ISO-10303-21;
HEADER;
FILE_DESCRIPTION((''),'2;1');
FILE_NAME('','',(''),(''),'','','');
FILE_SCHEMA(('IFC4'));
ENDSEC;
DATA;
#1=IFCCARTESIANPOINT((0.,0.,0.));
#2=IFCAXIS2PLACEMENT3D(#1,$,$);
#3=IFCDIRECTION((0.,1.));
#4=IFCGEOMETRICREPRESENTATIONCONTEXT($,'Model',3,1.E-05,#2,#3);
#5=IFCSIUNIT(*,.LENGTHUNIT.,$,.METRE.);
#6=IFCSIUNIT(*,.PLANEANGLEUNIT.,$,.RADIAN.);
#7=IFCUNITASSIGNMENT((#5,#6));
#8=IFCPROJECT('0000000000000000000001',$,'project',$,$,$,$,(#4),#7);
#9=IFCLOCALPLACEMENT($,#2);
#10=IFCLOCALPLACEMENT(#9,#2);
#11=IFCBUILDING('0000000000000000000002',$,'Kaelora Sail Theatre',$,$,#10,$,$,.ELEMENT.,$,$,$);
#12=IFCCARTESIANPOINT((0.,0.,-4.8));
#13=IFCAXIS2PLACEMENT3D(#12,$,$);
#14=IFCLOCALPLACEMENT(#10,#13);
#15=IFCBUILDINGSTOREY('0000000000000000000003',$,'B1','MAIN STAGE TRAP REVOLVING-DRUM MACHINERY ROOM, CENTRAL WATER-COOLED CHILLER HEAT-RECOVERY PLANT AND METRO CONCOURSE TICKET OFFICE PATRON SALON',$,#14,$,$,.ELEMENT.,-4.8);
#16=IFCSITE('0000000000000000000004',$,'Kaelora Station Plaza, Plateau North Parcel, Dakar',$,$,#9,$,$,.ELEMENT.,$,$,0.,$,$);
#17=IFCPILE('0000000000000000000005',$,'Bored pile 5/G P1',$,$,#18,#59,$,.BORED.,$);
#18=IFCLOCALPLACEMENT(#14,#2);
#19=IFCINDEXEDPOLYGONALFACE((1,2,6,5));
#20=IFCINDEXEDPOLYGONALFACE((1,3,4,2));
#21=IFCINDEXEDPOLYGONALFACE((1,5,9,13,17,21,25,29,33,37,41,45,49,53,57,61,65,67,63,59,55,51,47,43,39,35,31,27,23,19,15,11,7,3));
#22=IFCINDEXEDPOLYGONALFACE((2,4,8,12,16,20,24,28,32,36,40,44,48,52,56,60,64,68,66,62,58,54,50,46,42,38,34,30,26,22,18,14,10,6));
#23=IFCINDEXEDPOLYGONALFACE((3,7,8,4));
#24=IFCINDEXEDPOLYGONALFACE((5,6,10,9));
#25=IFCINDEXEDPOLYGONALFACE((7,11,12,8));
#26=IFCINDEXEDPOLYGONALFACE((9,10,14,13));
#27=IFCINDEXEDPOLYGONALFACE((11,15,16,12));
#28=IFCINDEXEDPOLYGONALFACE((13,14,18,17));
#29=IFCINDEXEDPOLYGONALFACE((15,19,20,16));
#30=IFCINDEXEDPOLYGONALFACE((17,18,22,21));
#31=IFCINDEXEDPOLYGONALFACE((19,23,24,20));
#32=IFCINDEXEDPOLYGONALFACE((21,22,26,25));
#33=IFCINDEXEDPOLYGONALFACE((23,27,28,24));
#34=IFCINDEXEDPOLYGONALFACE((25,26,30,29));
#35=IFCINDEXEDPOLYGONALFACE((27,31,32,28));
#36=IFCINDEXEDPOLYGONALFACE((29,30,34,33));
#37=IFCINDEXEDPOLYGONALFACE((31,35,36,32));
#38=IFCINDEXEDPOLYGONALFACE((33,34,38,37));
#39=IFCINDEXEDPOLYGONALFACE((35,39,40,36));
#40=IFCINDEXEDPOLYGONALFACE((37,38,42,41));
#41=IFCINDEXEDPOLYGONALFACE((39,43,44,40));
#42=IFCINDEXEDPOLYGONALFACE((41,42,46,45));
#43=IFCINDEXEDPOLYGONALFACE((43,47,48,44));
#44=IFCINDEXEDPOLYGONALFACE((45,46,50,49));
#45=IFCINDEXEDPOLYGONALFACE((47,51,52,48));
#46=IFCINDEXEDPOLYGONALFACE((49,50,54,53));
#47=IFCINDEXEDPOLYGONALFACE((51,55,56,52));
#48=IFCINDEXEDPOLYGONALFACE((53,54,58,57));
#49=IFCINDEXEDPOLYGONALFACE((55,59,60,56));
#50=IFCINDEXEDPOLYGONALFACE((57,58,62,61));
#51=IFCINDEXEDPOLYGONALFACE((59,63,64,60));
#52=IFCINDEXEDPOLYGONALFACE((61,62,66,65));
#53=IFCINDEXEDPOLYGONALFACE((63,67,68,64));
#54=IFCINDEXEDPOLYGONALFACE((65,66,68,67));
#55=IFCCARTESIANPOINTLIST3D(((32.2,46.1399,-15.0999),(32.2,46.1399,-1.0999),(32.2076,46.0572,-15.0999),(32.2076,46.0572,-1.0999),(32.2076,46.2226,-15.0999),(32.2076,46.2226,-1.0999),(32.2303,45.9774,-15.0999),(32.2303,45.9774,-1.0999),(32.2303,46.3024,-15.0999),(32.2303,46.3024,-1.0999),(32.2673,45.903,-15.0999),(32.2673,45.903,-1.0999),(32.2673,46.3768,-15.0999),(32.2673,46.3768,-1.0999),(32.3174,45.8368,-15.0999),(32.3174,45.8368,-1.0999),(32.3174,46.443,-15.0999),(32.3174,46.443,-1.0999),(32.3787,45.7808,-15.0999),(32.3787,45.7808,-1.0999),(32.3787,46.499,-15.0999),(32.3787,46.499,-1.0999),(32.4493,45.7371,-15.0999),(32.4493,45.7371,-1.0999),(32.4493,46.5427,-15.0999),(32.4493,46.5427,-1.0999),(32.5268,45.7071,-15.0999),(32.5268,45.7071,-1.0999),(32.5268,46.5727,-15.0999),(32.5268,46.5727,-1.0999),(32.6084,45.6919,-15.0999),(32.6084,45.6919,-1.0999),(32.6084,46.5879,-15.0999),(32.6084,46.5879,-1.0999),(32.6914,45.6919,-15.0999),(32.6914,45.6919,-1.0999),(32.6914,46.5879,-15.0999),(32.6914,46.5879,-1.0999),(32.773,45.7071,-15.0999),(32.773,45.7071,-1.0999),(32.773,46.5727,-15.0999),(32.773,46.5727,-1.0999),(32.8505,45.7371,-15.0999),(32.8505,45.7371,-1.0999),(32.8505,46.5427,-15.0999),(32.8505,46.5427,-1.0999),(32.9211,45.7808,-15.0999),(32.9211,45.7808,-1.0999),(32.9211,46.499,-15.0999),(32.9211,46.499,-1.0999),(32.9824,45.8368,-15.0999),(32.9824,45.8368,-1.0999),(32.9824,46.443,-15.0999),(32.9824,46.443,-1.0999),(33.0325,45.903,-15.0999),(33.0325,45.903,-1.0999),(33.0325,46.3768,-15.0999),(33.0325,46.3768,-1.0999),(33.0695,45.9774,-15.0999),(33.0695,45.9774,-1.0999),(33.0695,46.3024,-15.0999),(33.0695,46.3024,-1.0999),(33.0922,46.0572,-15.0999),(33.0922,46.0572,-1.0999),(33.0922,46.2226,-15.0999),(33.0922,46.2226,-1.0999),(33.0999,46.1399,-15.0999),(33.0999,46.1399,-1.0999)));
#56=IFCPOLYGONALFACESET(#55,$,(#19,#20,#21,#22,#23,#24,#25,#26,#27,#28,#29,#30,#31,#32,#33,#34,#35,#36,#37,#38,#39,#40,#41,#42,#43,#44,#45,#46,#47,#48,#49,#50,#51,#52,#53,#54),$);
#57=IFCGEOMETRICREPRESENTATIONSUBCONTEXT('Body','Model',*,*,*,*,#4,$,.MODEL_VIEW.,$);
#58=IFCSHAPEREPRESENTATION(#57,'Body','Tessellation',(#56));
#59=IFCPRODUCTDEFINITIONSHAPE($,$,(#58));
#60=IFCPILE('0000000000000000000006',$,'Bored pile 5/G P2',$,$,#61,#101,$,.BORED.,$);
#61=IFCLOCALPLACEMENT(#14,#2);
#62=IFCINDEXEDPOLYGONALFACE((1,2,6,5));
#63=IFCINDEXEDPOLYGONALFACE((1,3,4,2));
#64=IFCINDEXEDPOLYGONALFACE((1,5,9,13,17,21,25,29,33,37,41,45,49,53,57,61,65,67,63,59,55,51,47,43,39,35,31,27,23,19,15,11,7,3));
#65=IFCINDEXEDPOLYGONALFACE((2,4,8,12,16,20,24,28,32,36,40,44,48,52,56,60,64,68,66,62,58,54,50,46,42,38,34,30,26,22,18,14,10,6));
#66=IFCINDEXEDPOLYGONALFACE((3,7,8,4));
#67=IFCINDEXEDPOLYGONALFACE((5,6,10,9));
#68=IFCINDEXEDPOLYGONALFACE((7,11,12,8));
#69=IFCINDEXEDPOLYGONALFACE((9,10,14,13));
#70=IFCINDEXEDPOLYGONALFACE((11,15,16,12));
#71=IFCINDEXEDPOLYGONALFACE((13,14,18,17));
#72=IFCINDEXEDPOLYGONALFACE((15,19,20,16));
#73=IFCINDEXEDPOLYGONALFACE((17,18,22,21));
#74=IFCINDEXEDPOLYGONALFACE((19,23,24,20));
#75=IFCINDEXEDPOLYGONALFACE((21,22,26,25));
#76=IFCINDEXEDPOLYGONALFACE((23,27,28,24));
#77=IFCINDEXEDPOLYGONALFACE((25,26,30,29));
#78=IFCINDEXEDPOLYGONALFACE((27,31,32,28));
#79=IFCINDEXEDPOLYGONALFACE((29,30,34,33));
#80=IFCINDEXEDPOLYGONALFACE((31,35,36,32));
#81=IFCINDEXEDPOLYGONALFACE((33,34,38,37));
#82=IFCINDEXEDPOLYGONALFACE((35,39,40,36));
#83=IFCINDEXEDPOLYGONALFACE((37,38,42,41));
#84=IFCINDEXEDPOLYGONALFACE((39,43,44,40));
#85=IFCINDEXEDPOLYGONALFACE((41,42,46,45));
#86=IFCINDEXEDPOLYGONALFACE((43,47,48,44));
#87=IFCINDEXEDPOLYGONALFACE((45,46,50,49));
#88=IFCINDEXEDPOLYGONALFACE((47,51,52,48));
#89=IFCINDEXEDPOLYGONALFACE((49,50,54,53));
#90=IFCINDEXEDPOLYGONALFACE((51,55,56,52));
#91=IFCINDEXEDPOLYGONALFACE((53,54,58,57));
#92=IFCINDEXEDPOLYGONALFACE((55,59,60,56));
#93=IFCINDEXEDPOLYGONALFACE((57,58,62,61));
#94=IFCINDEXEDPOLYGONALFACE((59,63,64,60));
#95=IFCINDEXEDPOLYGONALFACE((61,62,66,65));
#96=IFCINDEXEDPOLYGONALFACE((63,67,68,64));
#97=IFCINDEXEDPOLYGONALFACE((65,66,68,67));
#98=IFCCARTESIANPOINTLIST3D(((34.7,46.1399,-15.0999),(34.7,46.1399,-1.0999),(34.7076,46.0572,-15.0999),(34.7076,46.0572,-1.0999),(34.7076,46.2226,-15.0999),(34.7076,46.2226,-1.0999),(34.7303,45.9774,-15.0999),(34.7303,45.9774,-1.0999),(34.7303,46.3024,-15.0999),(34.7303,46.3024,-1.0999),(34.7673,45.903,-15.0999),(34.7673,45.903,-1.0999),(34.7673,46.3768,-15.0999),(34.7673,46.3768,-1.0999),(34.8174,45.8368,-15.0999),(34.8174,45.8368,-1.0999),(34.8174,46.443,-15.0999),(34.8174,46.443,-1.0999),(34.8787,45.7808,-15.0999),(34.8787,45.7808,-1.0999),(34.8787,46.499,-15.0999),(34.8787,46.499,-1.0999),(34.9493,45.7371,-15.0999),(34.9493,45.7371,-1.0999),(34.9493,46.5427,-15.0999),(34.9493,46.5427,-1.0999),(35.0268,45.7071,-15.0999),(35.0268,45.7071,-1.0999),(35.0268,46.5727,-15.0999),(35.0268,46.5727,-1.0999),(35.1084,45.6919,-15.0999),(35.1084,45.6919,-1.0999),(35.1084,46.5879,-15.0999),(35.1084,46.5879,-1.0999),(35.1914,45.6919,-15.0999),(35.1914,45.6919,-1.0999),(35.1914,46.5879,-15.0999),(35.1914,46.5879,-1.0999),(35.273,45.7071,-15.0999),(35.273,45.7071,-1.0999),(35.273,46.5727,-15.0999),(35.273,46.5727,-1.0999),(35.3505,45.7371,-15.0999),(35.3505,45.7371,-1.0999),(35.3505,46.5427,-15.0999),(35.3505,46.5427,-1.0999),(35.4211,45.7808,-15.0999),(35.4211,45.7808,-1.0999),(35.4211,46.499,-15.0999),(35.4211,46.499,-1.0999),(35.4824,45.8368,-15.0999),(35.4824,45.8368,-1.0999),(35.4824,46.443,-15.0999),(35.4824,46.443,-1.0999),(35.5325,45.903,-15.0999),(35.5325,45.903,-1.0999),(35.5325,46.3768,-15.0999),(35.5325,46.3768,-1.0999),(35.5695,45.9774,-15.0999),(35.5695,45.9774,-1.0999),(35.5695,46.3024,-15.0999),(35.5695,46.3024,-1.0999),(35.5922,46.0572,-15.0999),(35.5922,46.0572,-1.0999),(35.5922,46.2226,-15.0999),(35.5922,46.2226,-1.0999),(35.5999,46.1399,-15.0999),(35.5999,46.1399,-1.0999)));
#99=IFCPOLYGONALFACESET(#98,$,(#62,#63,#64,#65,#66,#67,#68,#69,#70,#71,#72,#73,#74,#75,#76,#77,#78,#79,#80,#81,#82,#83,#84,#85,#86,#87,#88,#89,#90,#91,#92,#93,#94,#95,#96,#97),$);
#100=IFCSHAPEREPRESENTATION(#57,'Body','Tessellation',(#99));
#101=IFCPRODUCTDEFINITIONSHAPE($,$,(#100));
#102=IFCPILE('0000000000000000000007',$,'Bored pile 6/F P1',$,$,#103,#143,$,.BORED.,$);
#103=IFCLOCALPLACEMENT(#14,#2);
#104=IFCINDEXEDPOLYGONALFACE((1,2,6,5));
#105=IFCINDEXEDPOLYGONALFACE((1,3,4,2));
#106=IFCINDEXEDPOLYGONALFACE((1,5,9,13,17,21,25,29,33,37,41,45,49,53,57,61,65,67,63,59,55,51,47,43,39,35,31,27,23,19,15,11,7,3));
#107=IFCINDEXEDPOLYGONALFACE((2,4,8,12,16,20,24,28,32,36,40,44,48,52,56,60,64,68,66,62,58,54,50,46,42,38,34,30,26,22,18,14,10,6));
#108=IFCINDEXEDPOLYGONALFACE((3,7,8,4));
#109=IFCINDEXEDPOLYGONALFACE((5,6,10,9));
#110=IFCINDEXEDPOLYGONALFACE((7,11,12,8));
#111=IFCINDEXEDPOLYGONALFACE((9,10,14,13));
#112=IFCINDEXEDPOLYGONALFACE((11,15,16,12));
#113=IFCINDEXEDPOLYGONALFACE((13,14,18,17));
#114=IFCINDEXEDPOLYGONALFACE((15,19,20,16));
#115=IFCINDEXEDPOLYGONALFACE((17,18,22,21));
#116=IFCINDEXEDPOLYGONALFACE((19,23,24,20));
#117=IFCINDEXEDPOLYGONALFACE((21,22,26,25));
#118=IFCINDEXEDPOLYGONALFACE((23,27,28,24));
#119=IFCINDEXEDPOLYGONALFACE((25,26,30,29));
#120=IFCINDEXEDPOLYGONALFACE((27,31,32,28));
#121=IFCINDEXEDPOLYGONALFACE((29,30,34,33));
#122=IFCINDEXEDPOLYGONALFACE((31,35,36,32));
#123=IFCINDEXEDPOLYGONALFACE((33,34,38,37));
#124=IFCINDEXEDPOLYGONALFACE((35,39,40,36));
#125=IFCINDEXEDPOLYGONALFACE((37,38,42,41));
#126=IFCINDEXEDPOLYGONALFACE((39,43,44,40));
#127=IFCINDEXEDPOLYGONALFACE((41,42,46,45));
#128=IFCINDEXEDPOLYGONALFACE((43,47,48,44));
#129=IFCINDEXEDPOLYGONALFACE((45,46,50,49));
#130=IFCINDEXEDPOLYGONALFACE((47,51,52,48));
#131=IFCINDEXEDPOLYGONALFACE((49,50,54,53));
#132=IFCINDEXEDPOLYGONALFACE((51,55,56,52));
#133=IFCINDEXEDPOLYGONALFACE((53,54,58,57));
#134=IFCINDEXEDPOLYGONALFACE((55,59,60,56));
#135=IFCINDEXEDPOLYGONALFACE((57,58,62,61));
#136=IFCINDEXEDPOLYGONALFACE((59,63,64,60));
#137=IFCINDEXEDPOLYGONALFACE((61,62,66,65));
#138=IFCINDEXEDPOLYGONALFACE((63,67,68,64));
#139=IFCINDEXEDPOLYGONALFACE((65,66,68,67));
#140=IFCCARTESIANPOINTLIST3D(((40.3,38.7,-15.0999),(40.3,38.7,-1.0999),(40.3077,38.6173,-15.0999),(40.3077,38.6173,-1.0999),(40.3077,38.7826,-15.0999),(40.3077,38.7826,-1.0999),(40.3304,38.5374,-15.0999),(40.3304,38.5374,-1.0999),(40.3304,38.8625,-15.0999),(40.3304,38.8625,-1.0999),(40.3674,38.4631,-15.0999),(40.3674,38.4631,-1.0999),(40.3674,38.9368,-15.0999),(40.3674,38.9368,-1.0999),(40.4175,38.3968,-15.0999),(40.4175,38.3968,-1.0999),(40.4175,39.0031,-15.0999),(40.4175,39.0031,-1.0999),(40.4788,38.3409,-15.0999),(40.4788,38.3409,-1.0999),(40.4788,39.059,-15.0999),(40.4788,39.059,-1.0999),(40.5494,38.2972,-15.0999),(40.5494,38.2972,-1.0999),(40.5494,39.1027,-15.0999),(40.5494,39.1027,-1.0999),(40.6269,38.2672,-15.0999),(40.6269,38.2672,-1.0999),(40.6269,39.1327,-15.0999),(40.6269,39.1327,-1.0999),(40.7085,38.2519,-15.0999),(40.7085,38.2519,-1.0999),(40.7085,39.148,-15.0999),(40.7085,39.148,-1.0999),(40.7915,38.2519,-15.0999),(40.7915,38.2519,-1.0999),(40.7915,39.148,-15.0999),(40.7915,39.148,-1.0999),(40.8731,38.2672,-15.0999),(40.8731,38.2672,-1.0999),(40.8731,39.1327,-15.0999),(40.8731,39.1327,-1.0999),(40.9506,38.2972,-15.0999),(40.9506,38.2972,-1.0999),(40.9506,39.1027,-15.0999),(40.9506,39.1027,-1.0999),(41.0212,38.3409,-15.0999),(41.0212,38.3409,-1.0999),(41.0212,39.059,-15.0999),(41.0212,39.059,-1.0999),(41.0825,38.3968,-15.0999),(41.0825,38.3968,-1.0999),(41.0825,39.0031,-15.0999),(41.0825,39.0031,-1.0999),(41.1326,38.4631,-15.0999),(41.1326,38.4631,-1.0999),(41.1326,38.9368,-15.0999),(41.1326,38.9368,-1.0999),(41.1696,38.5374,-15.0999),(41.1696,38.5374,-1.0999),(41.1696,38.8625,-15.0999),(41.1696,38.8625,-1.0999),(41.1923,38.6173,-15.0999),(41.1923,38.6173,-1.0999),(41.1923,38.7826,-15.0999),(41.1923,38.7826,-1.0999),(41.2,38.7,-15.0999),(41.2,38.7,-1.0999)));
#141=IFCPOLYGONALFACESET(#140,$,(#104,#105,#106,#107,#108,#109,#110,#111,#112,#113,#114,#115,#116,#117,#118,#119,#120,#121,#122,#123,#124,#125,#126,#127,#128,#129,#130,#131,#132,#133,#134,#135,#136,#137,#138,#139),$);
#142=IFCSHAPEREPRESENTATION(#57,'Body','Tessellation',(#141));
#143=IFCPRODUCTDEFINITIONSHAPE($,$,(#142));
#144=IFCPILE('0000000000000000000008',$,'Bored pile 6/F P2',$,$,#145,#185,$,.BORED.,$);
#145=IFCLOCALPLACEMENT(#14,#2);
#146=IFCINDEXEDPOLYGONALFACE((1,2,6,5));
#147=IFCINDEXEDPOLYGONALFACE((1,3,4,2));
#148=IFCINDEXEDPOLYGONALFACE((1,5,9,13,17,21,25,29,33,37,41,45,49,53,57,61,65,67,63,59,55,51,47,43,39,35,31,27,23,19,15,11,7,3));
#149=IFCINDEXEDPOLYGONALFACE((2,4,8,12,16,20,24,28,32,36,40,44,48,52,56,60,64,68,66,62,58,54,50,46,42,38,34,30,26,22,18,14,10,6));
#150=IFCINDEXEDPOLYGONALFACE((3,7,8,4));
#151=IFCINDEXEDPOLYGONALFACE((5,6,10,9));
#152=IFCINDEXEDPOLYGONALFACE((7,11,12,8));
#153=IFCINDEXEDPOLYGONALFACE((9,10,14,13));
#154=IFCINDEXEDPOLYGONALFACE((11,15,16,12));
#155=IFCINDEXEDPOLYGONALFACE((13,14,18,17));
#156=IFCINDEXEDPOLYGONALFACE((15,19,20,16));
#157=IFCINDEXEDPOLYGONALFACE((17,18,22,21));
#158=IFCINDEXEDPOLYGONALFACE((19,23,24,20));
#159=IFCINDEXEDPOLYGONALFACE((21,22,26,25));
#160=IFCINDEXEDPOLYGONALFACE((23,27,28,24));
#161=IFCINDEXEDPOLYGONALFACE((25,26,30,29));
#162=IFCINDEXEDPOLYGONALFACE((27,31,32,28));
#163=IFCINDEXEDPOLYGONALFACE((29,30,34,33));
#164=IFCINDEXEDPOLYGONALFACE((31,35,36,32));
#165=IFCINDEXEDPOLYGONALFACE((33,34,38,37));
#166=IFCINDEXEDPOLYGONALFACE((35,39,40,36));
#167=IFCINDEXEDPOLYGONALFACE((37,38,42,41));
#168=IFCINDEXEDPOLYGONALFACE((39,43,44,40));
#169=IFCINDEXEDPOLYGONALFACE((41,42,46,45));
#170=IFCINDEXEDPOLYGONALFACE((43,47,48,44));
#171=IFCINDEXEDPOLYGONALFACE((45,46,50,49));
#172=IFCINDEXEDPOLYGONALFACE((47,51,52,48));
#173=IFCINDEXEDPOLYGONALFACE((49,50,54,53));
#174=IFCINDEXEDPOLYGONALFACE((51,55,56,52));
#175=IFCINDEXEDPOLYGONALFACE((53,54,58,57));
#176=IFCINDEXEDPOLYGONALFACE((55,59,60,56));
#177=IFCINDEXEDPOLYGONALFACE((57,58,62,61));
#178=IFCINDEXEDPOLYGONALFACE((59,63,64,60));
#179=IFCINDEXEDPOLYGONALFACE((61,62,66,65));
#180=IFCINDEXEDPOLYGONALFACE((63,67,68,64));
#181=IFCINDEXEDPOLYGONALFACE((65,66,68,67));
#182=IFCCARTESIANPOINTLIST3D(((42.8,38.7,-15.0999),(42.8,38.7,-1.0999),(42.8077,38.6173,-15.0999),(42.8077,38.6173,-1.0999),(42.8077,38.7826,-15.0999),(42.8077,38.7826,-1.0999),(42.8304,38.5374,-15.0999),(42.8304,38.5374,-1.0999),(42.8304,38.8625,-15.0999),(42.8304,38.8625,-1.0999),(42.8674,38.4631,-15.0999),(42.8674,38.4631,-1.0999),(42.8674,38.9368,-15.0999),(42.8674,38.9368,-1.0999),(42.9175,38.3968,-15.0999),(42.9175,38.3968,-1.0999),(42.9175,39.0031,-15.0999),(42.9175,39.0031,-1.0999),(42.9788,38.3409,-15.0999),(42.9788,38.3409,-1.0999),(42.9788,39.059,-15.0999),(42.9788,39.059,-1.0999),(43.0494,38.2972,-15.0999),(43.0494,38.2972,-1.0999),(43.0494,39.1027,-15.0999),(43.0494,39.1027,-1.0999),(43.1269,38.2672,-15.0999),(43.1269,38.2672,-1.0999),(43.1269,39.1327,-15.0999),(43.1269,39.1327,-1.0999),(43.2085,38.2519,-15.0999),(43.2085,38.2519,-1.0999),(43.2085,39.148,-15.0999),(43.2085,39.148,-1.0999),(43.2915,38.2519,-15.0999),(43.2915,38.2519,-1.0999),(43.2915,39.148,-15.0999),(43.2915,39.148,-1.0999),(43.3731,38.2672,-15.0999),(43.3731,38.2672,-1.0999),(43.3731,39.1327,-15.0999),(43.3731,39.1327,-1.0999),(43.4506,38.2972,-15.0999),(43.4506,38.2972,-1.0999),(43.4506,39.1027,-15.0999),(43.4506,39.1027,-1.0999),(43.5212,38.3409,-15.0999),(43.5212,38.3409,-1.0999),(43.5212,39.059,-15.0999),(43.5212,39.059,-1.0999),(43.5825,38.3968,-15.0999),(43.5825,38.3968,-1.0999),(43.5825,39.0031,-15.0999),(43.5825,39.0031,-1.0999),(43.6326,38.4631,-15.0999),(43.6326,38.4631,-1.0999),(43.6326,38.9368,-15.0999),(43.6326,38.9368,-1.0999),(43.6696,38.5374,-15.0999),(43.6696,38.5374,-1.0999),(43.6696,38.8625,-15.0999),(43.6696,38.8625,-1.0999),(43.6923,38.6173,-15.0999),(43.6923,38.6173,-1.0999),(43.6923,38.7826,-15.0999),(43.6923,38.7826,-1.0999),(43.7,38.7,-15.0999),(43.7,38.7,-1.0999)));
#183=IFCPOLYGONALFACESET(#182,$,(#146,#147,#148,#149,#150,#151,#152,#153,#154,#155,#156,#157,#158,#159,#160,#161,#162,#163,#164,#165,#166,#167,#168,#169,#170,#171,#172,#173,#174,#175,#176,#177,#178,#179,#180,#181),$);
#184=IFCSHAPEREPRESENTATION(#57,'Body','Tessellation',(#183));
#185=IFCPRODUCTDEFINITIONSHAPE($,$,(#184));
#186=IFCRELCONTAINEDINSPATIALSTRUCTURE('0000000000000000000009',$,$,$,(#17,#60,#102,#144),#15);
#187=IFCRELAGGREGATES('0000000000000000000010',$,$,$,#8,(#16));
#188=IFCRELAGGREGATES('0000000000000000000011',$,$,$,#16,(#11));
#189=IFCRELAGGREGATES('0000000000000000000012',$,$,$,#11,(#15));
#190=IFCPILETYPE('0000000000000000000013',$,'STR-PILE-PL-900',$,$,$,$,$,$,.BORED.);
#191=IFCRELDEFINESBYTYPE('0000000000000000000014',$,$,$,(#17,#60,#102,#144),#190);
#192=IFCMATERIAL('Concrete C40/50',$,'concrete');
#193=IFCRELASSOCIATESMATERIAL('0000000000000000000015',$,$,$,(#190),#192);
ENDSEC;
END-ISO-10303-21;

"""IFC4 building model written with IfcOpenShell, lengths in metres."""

from ifc_helpers import new_model, si_unit, direction, frame, origin, origin_2d, place, context, subcontext, project, spatial, circle, extrude, material, material_profile, profile_set, type_object, element, save


model = new_model("IFC4")

# Units and contexts
model_context = context("Model", 3, precision=1e-05, world=origin(), true_north=direction((0.0, 1.0)))
body_context = subcontext(model_context, "Body", "Model", "MODEL_VIEW")
ifc_project = project(units=[si_unit("LENGTHUNIT", "METRE"), si_unit("PLANEANGLEUNIT", "RADIAN")], contexts=[model_context])

# Site, building, storey
site_placement = place(None, origin())
site = spatial("IfcSite", under=ifc_project, at=site_placement, Name="Kaelora Station Plaza, Plateau North Parcel, Dakar", CompositionType="ELEMENT", RefElevation=0.0)
building_placement = place(site_placement, origin())
building = spatial("IfcBuilding", under=site, at=building_placement, Name="Kaelora Sail Theatre", CompositionType="ELEMENT")
storey_placement = place(building_placement, frame((0.0, 0.0, -4.8)))
storey = spatial("IfcBuildingStorey", under=building, at=storey_placement, Name="B1", Description="MAIN STAGE TRAP REVOLVING-DRUM MACHINERY ROOM, CENTRAL WATER-COOLED CHILLER HEAT-RECOVERY PLANT AND METRO CONCOURSE TICKET OFFICE PATRON SALON", CompositionType="ELEMENT", Elevation=-4.8)

# Piles
ifc_material_1 = material(Name="Concrete C40/50", Category="concrete")
ifc_material_profile_1 = material_profile(ifc_material_1, circle(Radius=0.45, at=origin_2d()), Name="PILE D900")
ifc_profile_set_1 = profile_set([ifc_material_profile_1], Name="Concrete C40/50")
pile_type = type_object("IfcPileType", Name="STR-PILE-PL-900", PredefinedType="BORED", material=ifc_profile_set_1)
for number, where, z_axis, x_axis, name in (
    (1, (32.6499, 46.1399, -1.0999), (0.0, 0.0, -1.0), (1.0, 0.0, 0.0), "Bored pile 5/G P1"),
    (2, (35.1499, 46.1399, -1.0999), (0.0, 0.0, -1.0), (1.0, 0.0, 0.0), "Bored pile 5/G P2"),
    (3, (40.75, 38.7, -1.0999), (0.0, 0.0, -1.0), (1.0, 0.0, 0.0), "Bored pile 6/F P1"),
    (4, (43.25, 38.7, -1.0999), (0.0, 0.0, -1.0), (1.0, 0.0, 0.0), "Bored pile 6/F P2"),
):
    element("IfcPile", number, at=place(storey_placement, frame(where, z_axis=z_axis, x_axis=x_axis)), inside=storey, type_object=pile_type, Name=name, PredefinedType="BORED", context=body_context, shape_type="SweptSolid", body=[
        extrude(circle(Radius=0.45, at=origin_2d()), origin(), (0.0, 0.0, 1.0), 14.0),
    ])

save(model, "model.ifc")
